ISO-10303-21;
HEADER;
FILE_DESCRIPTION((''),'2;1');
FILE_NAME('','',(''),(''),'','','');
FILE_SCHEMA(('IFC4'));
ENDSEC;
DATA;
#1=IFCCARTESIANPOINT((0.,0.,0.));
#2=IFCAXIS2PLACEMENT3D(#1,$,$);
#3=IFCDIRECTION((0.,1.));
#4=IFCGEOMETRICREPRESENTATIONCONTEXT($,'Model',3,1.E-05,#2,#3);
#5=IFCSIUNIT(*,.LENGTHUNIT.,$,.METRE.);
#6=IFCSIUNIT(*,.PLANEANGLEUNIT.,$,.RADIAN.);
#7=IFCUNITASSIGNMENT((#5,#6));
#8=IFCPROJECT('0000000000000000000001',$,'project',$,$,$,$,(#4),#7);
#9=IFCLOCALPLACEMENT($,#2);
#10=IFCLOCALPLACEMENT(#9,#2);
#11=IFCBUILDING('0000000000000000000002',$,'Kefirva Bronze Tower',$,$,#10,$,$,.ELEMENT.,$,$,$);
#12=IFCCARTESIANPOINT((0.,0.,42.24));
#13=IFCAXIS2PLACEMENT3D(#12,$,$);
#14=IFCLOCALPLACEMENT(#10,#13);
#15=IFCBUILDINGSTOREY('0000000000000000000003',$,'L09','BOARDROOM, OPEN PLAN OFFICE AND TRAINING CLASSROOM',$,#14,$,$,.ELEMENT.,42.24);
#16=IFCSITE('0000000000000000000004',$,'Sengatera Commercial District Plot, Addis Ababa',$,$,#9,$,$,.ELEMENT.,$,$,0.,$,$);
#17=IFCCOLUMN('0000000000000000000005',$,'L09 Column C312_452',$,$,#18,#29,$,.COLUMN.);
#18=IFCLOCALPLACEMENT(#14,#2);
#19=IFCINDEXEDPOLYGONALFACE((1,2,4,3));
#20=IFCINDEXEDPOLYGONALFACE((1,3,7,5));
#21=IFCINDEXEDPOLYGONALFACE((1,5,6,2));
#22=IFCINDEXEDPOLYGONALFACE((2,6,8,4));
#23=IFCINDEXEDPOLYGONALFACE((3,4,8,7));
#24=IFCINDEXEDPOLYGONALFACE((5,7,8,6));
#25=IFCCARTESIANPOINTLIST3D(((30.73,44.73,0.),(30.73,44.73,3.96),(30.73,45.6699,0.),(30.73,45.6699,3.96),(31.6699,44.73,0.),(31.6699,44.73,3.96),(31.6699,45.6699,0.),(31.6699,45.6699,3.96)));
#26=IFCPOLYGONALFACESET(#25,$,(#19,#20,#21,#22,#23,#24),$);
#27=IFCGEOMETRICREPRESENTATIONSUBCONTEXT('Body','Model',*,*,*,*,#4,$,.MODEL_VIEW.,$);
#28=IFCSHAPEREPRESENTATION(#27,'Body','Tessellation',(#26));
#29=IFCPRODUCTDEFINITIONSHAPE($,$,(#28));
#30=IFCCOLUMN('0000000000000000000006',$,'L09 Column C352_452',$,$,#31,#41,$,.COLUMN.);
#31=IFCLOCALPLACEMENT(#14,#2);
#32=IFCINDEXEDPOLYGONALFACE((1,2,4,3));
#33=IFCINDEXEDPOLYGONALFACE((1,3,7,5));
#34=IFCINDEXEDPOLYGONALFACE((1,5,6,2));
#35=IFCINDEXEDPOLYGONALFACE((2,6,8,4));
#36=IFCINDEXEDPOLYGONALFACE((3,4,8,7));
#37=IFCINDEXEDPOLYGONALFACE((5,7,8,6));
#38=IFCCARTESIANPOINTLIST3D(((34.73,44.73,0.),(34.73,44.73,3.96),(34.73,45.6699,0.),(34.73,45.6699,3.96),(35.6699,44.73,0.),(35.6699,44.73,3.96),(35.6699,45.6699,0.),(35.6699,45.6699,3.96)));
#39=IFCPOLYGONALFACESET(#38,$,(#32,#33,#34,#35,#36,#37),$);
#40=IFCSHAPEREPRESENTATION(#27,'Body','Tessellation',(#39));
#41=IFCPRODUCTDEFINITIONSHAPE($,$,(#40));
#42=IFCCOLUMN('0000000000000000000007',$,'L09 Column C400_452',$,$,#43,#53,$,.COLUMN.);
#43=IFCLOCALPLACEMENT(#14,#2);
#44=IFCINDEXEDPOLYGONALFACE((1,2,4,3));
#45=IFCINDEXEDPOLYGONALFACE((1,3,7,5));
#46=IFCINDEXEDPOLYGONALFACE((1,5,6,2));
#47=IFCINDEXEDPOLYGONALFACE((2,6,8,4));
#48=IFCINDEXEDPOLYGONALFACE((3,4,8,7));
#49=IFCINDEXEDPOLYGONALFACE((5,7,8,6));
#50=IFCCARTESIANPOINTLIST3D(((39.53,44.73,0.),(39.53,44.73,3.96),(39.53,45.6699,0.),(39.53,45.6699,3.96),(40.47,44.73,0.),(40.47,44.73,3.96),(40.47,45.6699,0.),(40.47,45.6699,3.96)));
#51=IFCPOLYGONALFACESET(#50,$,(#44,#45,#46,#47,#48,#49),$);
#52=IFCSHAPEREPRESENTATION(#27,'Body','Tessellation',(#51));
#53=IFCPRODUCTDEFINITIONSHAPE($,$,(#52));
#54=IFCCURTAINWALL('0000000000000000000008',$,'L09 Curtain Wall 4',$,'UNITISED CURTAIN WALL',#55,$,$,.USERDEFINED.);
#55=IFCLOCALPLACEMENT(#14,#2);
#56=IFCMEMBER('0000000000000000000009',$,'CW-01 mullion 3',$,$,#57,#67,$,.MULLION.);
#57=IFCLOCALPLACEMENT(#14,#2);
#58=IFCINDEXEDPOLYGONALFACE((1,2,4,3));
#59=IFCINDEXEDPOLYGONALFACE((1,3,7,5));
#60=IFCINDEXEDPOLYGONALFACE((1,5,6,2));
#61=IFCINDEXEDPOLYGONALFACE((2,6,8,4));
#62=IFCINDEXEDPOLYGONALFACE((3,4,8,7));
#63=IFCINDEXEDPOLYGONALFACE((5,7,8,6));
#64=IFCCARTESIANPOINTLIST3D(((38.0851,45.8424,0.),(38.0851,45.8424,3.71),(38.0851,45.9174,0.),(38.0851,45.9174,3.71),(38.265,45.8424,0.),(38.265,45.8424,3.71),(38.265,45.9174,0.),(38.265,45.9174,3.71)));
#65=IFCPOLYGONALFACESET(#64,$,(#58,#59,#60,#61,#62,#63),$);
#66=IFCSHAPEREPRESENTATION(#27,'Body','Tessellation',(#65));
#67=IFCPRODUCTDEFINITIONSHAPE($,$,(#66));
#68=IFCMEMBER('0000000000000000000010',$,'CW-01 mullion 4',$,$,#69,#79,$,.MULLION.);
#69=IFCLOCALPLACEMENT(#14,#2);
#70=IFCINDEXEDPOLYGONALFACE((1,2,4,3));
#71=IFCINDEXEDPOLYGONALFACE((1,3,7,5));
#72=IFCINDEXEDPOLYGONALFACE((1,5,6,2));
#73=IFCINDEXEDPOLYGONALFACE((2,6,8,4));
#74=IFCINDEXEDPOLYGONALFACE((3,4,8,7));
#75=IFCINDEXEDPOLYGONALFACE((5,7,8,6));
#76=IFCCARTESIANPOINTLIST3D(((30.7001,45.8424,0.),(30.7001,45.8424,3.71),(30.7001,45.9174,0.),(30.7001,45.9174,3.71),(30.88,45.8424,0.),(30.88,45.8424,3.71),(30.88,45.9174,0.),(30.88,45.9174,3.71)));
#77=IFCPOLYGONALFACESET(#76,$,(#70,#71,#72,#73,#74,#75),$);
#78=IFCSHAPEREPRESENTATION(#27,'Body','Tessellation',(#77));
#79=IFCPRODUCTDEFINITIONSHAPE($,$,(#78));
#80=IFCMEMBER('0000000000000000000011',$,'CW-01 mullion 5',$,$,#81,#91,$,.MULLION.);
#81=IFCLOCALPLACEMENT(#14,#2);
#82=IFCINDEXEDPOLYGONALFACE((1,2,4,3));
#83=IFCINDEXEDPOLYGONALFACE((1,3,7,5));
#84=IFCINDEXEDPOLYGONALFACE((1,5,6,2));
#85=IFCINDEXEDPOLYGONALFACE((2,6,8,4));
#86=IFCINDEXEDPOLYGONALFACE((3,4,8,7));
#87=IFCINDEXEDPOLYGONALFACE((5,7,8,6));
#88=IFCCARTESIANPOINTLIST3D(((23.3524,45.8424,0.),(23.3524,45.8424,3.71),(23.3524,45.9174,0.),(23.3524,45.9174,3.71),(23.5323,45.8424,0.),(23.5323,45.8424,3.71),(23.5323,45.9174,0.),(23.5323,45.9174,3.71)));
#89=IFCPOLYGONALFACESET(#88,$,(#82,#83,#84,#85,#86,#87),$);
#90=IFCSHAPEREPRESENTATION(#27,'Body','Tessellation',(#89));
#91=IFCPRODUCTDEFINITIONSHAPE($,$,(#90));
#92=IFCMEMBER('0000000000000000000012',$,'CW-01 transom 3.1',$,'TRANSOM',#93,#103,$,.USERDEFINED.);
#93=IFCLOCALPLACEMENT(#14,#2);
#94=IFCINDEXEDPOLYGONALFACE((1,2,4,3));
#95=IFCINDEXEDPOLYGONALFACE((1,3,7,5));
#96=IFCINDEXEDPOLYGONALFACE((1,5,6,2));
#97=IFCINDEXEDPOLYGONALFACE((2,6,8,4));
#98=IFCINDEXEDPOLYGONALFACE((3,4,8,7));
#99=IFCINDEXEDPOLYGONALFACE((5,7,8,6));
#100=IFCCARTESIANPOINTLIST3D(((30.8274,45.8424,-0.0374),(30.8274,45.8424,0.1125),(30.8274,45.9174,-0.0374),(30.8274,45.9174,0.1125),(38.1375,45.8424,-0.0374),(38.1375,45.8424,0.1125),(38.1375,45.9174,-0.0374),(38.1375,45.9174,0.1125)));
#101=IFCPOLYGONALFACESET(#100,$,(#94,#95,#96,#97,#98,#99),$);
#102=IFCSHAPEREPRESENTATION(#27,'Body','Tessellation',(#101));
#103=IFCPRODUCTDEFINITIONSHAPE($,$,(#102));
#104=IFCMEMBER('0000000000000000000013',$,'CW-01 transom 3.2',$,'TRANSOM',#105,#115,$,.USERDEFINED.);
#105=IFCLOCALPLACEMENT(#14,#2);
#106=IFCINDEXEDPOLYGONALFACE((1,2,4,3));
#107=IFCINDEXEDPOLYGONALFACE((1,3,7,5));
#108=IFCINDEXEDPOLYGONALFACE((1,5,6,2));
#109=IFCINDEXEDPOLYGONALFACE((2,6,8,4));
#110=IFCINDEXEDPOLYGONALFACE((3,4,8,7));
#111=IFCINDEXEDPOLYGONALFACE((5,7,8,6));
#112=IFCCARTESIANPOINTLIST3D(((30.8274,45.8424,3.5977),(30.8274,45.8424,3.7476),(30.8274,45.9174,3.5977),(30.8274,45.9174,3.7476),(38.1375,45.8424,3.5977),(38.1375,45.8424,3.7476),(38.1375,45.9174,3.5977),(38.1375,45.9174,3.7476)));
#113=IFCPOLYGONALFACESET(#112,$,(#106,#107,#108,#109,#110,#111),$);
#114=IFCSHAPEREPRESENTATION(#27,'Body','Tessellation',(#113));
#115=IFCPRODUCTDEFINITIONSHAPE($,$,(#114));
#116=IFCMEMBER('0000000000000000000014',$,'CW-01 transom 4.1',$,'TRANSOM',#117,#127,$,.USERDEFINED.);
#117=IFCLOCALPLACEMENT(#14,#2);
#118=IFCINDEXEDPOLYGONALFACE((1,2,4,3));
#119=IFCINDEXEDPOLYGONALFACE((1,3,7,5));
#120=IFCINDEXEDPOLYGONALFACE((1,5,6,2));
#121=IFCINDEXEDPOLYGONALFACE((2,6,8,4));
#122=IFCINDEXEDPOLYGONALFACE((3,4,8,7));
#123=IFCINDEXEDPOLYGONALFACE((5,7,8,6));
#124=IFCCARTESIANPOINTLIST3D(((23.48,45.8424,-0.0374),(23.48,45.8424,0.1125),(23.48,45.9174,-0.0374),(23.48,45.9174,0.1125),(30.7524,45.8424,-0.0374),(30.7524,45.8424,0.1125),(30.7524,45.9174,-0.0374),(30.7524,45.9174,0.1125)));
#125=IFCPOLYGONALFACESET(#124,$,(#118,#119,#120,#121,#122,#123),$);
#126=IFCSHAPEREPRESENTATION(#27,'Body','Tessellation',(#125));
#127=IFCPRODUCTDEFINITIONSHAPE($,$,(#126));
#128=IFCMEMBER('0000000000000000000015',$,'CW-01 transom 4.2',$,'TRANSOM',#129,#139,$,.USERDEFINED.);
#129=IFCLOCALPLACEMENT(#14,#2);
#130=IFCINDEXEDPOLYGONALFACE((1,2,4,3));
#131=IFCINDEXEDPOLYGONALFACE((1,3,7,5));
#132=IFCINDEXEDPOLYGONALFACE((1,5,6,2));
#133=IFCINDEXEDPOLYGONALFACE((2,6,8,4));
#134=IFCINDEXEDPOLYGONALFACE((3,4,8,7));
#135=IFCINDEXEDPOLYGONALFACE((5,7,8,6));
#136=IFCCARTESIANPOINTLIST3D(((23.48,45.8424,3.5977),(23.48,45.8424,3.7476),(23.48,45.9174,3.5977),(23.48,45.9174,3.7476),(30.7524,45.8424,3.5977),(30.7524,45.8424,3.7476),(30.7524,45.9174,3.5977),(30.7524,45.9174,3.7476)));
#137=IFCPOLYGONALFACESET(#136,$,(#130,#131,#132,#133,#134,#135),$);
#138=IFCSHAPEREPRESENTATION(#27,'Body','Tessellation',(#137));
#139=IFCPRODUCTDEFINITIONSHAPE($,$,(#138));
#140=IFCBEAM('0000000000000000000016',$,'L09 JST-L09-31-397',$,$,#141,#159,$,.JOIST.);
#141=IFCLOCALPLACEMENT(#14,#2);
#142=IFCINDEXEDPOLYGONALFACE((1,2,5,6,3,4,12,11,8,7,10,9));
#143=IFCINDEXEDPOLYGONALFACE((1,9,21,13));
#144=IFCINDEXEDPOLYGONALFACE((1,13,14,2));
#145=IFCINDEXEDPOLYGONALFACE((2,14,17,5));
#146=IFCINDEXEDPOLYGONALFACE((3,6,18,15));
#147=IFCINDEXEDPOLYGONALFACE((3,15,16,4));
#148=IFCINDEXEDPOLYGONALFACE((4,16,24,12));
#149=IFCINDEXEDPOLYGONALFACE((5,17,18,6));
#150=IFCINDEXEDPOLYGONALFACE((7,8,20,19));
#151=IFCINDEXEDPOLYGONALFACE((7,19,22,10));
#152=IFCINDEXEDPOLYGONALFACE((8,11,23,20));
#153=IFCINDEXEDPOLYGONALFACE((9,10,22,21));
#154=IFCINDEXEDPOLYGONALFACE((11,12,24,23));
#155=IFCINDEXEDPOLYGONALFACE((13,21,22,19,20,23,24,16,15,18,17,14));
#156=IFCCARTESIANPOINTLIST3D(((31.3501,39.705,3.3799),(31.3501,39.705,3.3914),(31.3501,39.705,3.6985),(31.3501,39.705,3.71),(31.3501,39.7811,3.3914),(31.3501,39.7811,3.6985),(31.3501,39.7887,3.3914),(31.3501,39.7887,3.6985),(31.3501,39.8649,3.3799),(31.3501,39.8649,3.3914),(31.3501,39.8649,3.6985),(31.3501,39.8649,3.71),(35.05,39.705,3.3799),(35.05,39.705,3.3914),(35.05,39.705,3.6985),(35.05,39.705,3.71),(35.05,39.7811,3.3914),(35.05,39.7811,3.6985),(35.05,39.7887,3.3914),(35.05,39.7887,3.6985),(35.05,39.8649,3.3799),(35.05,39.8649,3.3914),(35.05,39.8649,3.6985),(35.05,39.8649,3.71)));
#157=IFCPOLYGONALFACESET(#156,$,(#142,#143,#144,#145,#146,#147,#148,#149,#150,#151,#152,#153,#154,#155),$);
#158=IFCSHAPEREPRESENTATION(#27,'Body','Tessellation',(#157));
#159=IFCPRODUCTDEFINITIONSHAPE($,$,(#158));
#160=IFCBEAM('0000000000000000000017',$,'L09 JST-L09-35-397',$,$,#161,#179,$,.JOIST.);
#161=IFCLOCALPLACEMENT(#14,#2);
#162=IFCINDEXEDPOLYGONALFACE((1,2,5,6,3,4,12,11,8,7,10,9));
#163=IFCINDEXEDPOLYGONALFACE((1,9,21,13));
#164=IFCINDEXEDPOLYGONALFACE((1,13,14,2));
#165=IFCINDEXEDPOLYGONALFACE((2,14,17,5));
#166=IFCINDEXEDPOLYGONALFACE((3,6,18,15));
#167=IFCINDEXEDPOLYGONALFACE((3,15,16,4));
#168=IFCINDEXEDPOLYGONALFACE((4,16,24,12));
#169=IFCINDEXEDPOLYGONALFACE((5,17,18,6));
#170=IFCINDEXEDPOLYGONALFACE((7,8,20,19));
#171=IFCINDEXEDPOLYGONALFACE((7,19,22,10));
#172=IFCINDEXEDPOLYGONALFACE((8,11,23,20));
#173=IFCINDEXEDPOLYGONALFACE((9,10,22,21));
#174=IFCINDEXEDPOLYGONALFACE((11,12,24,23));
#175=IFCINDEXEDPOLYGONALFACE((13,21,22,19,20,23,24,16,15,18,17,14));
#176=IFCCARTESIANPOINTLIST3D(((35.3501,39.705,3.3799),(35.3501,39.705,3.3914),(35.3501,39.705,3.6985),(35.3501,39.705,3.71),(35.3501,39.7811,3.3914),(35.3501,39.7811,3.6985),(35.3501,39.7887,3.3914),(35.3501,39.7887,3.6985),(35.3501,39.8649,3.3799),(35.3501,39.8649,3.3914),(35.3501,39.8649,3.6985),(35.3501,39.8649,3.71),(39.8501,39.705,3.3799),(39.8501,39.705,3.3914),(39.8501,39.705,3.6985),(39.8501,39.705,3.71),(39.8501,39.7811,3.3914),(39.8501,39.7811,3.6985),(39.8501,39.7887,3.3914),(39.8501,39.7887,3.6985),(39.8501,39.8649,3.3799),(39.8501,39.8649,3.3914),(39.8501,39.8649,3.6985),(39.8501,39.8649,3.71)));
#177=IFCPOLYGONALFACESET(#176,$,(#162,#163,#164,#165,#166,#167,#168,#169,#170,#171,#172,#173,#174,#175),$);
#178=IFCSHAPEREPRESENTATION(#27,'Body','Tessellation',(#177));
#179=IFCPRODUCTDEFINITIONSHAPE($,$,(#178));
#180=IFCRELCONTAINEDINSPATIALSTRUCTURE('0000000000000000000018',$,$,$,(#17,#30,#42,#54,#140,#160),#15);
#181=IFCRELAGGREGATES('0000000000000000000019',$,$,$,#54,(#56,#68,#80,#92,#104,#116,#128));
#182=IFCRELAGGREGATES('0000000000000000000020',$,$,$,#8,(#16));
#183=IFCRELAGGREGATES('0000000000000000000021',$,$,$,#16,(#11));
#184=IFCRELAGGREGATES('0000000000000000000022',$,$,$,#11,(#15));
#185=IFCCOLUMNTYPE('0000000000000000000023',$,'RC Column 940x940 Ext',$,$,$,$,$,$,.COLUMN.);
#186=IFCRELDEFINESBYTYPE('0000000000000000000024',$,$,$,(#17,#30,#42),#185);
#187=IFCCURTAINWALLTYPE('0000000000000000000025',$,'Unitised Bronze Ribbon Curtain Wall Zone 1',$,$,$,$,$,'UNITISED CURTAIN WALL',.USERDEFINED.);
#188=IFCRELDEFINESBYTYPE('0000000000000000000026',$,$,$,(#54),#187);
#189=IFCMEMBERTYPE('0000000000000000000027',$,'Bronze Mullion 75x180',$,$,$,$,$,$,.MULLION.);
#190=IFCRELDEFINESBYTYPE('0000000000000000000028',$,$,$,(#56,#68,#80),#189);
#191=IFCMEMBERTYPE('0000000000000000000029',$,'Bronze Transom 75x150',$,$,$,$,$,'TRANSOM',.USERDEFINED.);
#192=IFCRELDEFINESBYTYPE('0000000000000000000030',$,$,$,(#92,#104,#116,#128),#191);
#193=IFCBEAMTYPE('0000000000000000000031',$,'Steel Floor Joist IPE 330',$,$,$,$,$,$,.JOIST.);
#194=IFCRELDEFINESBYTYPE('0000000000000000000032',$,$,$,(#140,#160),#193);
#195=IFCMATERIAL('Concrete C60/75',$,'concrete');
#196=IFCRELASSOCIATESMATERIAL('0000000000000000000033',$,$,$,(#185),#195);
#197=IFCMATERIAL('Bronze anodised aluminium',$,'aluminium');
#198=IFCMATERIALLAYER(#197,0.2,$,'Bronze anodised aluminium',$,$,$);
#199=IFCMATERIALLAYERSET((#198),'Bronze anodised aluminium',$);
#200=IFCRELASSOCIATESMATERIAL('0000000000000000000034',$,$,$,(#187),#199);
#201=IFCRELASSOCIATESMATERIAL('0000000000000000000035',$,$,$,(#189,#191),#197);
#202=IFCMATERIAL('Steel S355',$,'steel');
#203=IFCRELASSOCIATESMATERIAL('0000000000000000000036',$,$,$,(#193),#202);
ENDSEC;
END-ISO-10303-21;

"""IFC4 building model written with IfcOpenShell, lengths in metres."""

from ifc_helpers import new_model, si_unit, direction, frame, origin, origin_2d, place, context, subcontext, project, spatial, rectangle, i_section, extrude, material, layer, layer_set, material_profile, profile_set, type_object, element, aggregate, save


model = new_model("IFC4")

# Units and contexts
model_context = context("Model", 3, precision=1e-05, world=origin(), true_north=direction((0.0, 1.0)))
body_context = subcontext(model_context, "Body", "Model", "MODEL_VIEW")
ifc_project = project(units=[si_unit("LENGTHUNIT", "METRE"), si_unit("PLANEANGLEUNIT", "RADIAN")], contexts=[model_context])

# Site, building, storey
site_placement = place(None, origin())
site = spatial("IfcSite", under=ifc_project, at=site_placement, Name="Sengatera Commercial District Plot, Addis Ababa", CompositionType="ELEMENT", RefElevation=0.0)
building_placement = place(site_placement, origin())
building = spatial("IfcBuilding", under=site, at=building_placement, Name="Kefirva Bronze Tower", CompositionType="ELEMENT")
storey_placement = place(building_placement, frame((0.0, 0.0, 42.24)))
storey = spatial("IfcBuildingStorey", under=building, at=storey_placement, Name="L09", Description="BOARDROOM, OPEN PLAN OFFICE AND TRAINING CLASSROOM", CompositionType="ELEMENT", Elevation=42.24)

# Columns
ifc_material_1 = material(Name="Concrete C60/75", Category="concrete")
ifc_material_profile_1 = material_profile(ifc_material_1, rectangle(XDim=0.9399, YDim=0.9399, at=origin_2d()), Name="RC 940x940")
ifc_profile_set_1 = profile_set([ifc_material_profile_1], Name="Concrete C60/75")
column_type = type_object("IfcColumnType", Name="RC Column 940x940 Ext", PredefinedType="COLUMN", material=ifc_profile_set_1)
for number, where, z_axis, x_axis, name in (
    (1, (31.2, 45.2, 0.0), (0.0, 0.0, 1.0), (1.0, 0.0, 0.0), "L09 Column C312_452"),
    (2, (35.2, 45.2, 0.0), (0.0, 0.0, 1.0), (1.0, 0.0, 0.0), "L09 Column C352_452"),
    (3, (40.0, 45.2, 0.0), (0.0, 0.0, 1.0), (1.0, 0.0, 0.0), "L09 Column C400_452"),
):
    element("IfcColumn", number, at=place(storey_placement, frame(where, z_axis=z_axis, x_axis=x_axis)), inside=storey, type_object=column_type, Name=name, PredefinedType="COLUMN", context=body_context, shape_type="SweptSolid", body=[
        extrude(rectangle(XDim=0.9399, YDim=0.9399, at=origin_2d()), origin(), (0.0, 0.0, 1.0), 3.96),
    ])

# Curtain wall, members
ifc_material_2 = material(Name="Bronze anodised aluminium", Category="aluminium")
ifc_layer_1 = layer(ifc_material_2, 0.2, Name="Bronze anodised aluminium")
ifc_layer_set_1 = layer_set([ifc_layer_1], Name="Bronze anodised aluminium")
curtain_wall_type = type_object("IfcCurtainWallType", Name="Unitised Bronze Ribbon Curtain Wall Zone 1", ElementType="UNITISED CURTAIN WALL", PredefinedType="USERDEFINED", material=ifc_layer_set_1)
curtain_wall_placement = place(storey_placement, origin())
curtain_wall = element("IfcCurtainWall", 4, at=curtain_wall_placement, inside=storey, type_object=curtain_wall_type, Name="L09 Curtain Wall 4", ObjectType="UNITISED CURTAIN WALL", PredefinedType="USERDEFINED")
ifc_material_profile_2 = material_profile(ifc_material_2, rectangle(XDim=0.075, YDim=0.1799, at=origin_2d()), Name="ALU 75x180")
ifc_profile_set_2 = profile_set([ifc_material_profile_2], Name="Bronze anodised aluminium")
member_type_1 = type_object("IfcMemberType", Name="Bronze Mullion 75x180", PredefinedType="MULLION", material=ifc_profile_set_2)
member_1_placement = place(storey_placement, frame((38.175, 45.8799, 0.0), z_axis=(0.0, 0.0, 1.0), x_axis=(0.0, -1.0, 0.0)))
member_1 = element("IfcMember", 5, at=member_1_placement, type_object=member_type_1, Name="CW-01 mullion 3", PredefinedType="MULLION", context=body_context, shape_type="SweptSolid", body=[
    extrude(rectangle(XDim=0.075, YDim=0.1799, at=origin_2d()), origin(), (0.0, 0.0, 1.0), 3.71),
])
member_2_placement = place(storey_placement, frame((30.79, 45.8799, 0.0), z_axis=(0.0, 0.0, 1.0), x_axis=(0.0, -1.0, 0.0)))
member_2 = element("IfcMember", 6, at=member_2_placement, type_object=member_type_1, Name="CW-01 mullion 4", PredefinedType="MULLION", context=body_context, shape_type="SweptSolid", body=[
    extrude(rectangle(XDim=0.075, YDim=0.1799, at=origin_2d()), origin(), (0.0, 0.0, 1.0), 3.71),
])
member_3_placement = place(storey_placement, frame((23.4424, 45.8799, 0.0), z_axis=(0.0, 0.0, 1.0), x_axis=(0.0, -1.0, 0.0)))
member_3 = element("IfcMember", 7, at=member_3_placement, type_object=member_type_1, Name="CW-01 mullion 5", PredefinedType="MULLION", context=body_context, shape_type="SweptSolid", body=[
    extrude(rectangle(XDim=0.075, YDim=0.1799, at=origin_2d()), origin(), (0.0, 0.0, 1.0), 3.71),
])
ifc_material_profile_3 = material_profile(ifc_material_2, rectangle(XDim=0.075, YDim=0.1499, at=origin_2d()), Name="ALU 75x150")
ifc_profile_set_3 = profile_set([ifc_material_profile_3], Name="Bronze anodised aluminium")
member_type_2 = type_object("IfcMemberType", Name="Bronze Transom 75x150", ElementType="TRANSOM", PredefinedType="USERDEFINED", material=ifc_profile_set_3)
member_4_placement = place(storey_placement, frame((38.1375, 45.8799, 0.0376), z_axis=(-1.0, 0.0, 0.0), x_axis=(0.0, -1.0, 0.0)))
member_4 = element("IfcMember", 8, at=member_4_placement, type_object=member_type_2, Name="CW-01 transom 3.1", ObjectType="TRANSOM", PredefinedType="USERDEFINED", context=body_context, shape_type="SweptSolid", body=[
    extrude(rectangle(XDim=0.075, YDim=0.1499, at=origin_2d()), origin(), (0.0, 0.0, 1.0), 7.3101),
])
member_5_placement = place(storey_placement, frame((38.1375, 45.8799, 3.6726), z_axis=(-1.0, 0.0, 0.0), x_axis=(0.0, -1.0, 0.0)))
member_5 = element("IfcMember", 9, at=member_5_placement, type_object=member_type_2, Name="CW-01 transom 3.2", ObjectType="TRANSOM", PredefinedType="USERDEFINED", context=body_context, shape_type="SweptSolid", body=[
    extrude(rectangle(XDim=0.075, YDim=0.1499, at=origin_2d()), origin(), (0.0, 0.0, 1.0), 7.3101),
])
member_6_placement = place(storey_placement, frame((30.7524, 45.8799, 0.0376), z_axis=(-1.0, 0.0, 0.0), x_axis=(0.0, -1.0, 0.0)))
member_6 = element("IfcMember", 10, at=member_6_placement, type_object=member_type_2, Name="CW-01 transom 4.1", ObjectType="TRANSOM", PredefinedType="USERDEFINED", context=body_context, shape_type="SweptSolid", body=[
    extrude(rectangle(XDim=0.075, YDim=0.1499, at=origin_2d()), origin(), (0.0, 0.0, 1.0), 7.2725),
])
member_7_placement = place(storey_placement, frame((30.7524, 45.8799, 3.6726), z_axis=(-1.0, 0.0, 0.0), x_axis=(0.0, -1.0, 0.0)))
member_7 = element("IfcMember", 11, at=member_7_placement, type_object=member_type_2, Name="CW-01 transom 4.2", ObjectType="TRANSOM", PredefinedType="USERDEFINED", context=body_context, shape_type="SweptSolid", body=[
    extrude(rectangle(XDim=0.075, YDim=0.1499, at=origin_2d()), origin(), (0.0, 0.0, 1.0), 7.2725),
])

# Beams
ifc_material_3 = material(Name="Steel S355", Category="steel")
ifc_material_profile_4 = material_profile(ifc_material_3, i_section(OverallWidth=0.1599, OverallDepth=0.3301, WebThickness=0.0076, FlangeThickness=0.0115, at=origin_2d()), Name="IPE 330")
ifc_profile_set_4 = profile_set([ifc_material_profile_4], Name="Steel S355")
beam_type_1 = type_object("IfcBeamType", Name="Steel Floor Joist IPE 330", PredefinedType="JOIST", material=ifc_profile_set_4)
beam_1_placement = place(storey_placement, frame((31.3501, 39.7849, 3.5449), z_axis=(1.0, 0.0, 0.0), x_axis=(0.0, 1.0, 0.0)))
element("IfcBeam", 12, at=beam_1_placement, inside=storey, type_object=beam_type_1, Name="L09 JST-L09-31-397", PredefinedType="JOIST", context=body_context, shape_type="SweptSolid", body=[
    extrude(i_section(OverallWidth=0.1599, OverallDepth=0.3301, WebThickness=0.0076, FlangeThickness=0.0115, at=origin_2d()), origin(), (0.0, 0.0, 1.0), 3.7),
])
beam_2_placement = place(storey_placement, frame((35.3501, 39.7849, 3.5449), z_axis=(1.0, 0.0, 0.0), x_axis=(0.0, 1.0, 0.0)))
element("IfcBeam", 13, at=beam_2_placement, inside=storey, type_object=beam_type_1, Name="L09 JST-L09-35-397", PredefinedType="JOIST", context=body_context, shape_type="SweptSolid", body=[
    extrude(i_section(OverallWidth=0.1599, OverallDepth=0.3301, WebThickness=0.0076, FlangeThickness=0.0115, at=origin_2d()), origin(), (0.0, 0.0, 1.0), 4.5),
])

aggregate(curtain_wall, [member_1, member_2, member_3, member_4, member_5, member_6, member_7])

save(model, "model.ifc")
